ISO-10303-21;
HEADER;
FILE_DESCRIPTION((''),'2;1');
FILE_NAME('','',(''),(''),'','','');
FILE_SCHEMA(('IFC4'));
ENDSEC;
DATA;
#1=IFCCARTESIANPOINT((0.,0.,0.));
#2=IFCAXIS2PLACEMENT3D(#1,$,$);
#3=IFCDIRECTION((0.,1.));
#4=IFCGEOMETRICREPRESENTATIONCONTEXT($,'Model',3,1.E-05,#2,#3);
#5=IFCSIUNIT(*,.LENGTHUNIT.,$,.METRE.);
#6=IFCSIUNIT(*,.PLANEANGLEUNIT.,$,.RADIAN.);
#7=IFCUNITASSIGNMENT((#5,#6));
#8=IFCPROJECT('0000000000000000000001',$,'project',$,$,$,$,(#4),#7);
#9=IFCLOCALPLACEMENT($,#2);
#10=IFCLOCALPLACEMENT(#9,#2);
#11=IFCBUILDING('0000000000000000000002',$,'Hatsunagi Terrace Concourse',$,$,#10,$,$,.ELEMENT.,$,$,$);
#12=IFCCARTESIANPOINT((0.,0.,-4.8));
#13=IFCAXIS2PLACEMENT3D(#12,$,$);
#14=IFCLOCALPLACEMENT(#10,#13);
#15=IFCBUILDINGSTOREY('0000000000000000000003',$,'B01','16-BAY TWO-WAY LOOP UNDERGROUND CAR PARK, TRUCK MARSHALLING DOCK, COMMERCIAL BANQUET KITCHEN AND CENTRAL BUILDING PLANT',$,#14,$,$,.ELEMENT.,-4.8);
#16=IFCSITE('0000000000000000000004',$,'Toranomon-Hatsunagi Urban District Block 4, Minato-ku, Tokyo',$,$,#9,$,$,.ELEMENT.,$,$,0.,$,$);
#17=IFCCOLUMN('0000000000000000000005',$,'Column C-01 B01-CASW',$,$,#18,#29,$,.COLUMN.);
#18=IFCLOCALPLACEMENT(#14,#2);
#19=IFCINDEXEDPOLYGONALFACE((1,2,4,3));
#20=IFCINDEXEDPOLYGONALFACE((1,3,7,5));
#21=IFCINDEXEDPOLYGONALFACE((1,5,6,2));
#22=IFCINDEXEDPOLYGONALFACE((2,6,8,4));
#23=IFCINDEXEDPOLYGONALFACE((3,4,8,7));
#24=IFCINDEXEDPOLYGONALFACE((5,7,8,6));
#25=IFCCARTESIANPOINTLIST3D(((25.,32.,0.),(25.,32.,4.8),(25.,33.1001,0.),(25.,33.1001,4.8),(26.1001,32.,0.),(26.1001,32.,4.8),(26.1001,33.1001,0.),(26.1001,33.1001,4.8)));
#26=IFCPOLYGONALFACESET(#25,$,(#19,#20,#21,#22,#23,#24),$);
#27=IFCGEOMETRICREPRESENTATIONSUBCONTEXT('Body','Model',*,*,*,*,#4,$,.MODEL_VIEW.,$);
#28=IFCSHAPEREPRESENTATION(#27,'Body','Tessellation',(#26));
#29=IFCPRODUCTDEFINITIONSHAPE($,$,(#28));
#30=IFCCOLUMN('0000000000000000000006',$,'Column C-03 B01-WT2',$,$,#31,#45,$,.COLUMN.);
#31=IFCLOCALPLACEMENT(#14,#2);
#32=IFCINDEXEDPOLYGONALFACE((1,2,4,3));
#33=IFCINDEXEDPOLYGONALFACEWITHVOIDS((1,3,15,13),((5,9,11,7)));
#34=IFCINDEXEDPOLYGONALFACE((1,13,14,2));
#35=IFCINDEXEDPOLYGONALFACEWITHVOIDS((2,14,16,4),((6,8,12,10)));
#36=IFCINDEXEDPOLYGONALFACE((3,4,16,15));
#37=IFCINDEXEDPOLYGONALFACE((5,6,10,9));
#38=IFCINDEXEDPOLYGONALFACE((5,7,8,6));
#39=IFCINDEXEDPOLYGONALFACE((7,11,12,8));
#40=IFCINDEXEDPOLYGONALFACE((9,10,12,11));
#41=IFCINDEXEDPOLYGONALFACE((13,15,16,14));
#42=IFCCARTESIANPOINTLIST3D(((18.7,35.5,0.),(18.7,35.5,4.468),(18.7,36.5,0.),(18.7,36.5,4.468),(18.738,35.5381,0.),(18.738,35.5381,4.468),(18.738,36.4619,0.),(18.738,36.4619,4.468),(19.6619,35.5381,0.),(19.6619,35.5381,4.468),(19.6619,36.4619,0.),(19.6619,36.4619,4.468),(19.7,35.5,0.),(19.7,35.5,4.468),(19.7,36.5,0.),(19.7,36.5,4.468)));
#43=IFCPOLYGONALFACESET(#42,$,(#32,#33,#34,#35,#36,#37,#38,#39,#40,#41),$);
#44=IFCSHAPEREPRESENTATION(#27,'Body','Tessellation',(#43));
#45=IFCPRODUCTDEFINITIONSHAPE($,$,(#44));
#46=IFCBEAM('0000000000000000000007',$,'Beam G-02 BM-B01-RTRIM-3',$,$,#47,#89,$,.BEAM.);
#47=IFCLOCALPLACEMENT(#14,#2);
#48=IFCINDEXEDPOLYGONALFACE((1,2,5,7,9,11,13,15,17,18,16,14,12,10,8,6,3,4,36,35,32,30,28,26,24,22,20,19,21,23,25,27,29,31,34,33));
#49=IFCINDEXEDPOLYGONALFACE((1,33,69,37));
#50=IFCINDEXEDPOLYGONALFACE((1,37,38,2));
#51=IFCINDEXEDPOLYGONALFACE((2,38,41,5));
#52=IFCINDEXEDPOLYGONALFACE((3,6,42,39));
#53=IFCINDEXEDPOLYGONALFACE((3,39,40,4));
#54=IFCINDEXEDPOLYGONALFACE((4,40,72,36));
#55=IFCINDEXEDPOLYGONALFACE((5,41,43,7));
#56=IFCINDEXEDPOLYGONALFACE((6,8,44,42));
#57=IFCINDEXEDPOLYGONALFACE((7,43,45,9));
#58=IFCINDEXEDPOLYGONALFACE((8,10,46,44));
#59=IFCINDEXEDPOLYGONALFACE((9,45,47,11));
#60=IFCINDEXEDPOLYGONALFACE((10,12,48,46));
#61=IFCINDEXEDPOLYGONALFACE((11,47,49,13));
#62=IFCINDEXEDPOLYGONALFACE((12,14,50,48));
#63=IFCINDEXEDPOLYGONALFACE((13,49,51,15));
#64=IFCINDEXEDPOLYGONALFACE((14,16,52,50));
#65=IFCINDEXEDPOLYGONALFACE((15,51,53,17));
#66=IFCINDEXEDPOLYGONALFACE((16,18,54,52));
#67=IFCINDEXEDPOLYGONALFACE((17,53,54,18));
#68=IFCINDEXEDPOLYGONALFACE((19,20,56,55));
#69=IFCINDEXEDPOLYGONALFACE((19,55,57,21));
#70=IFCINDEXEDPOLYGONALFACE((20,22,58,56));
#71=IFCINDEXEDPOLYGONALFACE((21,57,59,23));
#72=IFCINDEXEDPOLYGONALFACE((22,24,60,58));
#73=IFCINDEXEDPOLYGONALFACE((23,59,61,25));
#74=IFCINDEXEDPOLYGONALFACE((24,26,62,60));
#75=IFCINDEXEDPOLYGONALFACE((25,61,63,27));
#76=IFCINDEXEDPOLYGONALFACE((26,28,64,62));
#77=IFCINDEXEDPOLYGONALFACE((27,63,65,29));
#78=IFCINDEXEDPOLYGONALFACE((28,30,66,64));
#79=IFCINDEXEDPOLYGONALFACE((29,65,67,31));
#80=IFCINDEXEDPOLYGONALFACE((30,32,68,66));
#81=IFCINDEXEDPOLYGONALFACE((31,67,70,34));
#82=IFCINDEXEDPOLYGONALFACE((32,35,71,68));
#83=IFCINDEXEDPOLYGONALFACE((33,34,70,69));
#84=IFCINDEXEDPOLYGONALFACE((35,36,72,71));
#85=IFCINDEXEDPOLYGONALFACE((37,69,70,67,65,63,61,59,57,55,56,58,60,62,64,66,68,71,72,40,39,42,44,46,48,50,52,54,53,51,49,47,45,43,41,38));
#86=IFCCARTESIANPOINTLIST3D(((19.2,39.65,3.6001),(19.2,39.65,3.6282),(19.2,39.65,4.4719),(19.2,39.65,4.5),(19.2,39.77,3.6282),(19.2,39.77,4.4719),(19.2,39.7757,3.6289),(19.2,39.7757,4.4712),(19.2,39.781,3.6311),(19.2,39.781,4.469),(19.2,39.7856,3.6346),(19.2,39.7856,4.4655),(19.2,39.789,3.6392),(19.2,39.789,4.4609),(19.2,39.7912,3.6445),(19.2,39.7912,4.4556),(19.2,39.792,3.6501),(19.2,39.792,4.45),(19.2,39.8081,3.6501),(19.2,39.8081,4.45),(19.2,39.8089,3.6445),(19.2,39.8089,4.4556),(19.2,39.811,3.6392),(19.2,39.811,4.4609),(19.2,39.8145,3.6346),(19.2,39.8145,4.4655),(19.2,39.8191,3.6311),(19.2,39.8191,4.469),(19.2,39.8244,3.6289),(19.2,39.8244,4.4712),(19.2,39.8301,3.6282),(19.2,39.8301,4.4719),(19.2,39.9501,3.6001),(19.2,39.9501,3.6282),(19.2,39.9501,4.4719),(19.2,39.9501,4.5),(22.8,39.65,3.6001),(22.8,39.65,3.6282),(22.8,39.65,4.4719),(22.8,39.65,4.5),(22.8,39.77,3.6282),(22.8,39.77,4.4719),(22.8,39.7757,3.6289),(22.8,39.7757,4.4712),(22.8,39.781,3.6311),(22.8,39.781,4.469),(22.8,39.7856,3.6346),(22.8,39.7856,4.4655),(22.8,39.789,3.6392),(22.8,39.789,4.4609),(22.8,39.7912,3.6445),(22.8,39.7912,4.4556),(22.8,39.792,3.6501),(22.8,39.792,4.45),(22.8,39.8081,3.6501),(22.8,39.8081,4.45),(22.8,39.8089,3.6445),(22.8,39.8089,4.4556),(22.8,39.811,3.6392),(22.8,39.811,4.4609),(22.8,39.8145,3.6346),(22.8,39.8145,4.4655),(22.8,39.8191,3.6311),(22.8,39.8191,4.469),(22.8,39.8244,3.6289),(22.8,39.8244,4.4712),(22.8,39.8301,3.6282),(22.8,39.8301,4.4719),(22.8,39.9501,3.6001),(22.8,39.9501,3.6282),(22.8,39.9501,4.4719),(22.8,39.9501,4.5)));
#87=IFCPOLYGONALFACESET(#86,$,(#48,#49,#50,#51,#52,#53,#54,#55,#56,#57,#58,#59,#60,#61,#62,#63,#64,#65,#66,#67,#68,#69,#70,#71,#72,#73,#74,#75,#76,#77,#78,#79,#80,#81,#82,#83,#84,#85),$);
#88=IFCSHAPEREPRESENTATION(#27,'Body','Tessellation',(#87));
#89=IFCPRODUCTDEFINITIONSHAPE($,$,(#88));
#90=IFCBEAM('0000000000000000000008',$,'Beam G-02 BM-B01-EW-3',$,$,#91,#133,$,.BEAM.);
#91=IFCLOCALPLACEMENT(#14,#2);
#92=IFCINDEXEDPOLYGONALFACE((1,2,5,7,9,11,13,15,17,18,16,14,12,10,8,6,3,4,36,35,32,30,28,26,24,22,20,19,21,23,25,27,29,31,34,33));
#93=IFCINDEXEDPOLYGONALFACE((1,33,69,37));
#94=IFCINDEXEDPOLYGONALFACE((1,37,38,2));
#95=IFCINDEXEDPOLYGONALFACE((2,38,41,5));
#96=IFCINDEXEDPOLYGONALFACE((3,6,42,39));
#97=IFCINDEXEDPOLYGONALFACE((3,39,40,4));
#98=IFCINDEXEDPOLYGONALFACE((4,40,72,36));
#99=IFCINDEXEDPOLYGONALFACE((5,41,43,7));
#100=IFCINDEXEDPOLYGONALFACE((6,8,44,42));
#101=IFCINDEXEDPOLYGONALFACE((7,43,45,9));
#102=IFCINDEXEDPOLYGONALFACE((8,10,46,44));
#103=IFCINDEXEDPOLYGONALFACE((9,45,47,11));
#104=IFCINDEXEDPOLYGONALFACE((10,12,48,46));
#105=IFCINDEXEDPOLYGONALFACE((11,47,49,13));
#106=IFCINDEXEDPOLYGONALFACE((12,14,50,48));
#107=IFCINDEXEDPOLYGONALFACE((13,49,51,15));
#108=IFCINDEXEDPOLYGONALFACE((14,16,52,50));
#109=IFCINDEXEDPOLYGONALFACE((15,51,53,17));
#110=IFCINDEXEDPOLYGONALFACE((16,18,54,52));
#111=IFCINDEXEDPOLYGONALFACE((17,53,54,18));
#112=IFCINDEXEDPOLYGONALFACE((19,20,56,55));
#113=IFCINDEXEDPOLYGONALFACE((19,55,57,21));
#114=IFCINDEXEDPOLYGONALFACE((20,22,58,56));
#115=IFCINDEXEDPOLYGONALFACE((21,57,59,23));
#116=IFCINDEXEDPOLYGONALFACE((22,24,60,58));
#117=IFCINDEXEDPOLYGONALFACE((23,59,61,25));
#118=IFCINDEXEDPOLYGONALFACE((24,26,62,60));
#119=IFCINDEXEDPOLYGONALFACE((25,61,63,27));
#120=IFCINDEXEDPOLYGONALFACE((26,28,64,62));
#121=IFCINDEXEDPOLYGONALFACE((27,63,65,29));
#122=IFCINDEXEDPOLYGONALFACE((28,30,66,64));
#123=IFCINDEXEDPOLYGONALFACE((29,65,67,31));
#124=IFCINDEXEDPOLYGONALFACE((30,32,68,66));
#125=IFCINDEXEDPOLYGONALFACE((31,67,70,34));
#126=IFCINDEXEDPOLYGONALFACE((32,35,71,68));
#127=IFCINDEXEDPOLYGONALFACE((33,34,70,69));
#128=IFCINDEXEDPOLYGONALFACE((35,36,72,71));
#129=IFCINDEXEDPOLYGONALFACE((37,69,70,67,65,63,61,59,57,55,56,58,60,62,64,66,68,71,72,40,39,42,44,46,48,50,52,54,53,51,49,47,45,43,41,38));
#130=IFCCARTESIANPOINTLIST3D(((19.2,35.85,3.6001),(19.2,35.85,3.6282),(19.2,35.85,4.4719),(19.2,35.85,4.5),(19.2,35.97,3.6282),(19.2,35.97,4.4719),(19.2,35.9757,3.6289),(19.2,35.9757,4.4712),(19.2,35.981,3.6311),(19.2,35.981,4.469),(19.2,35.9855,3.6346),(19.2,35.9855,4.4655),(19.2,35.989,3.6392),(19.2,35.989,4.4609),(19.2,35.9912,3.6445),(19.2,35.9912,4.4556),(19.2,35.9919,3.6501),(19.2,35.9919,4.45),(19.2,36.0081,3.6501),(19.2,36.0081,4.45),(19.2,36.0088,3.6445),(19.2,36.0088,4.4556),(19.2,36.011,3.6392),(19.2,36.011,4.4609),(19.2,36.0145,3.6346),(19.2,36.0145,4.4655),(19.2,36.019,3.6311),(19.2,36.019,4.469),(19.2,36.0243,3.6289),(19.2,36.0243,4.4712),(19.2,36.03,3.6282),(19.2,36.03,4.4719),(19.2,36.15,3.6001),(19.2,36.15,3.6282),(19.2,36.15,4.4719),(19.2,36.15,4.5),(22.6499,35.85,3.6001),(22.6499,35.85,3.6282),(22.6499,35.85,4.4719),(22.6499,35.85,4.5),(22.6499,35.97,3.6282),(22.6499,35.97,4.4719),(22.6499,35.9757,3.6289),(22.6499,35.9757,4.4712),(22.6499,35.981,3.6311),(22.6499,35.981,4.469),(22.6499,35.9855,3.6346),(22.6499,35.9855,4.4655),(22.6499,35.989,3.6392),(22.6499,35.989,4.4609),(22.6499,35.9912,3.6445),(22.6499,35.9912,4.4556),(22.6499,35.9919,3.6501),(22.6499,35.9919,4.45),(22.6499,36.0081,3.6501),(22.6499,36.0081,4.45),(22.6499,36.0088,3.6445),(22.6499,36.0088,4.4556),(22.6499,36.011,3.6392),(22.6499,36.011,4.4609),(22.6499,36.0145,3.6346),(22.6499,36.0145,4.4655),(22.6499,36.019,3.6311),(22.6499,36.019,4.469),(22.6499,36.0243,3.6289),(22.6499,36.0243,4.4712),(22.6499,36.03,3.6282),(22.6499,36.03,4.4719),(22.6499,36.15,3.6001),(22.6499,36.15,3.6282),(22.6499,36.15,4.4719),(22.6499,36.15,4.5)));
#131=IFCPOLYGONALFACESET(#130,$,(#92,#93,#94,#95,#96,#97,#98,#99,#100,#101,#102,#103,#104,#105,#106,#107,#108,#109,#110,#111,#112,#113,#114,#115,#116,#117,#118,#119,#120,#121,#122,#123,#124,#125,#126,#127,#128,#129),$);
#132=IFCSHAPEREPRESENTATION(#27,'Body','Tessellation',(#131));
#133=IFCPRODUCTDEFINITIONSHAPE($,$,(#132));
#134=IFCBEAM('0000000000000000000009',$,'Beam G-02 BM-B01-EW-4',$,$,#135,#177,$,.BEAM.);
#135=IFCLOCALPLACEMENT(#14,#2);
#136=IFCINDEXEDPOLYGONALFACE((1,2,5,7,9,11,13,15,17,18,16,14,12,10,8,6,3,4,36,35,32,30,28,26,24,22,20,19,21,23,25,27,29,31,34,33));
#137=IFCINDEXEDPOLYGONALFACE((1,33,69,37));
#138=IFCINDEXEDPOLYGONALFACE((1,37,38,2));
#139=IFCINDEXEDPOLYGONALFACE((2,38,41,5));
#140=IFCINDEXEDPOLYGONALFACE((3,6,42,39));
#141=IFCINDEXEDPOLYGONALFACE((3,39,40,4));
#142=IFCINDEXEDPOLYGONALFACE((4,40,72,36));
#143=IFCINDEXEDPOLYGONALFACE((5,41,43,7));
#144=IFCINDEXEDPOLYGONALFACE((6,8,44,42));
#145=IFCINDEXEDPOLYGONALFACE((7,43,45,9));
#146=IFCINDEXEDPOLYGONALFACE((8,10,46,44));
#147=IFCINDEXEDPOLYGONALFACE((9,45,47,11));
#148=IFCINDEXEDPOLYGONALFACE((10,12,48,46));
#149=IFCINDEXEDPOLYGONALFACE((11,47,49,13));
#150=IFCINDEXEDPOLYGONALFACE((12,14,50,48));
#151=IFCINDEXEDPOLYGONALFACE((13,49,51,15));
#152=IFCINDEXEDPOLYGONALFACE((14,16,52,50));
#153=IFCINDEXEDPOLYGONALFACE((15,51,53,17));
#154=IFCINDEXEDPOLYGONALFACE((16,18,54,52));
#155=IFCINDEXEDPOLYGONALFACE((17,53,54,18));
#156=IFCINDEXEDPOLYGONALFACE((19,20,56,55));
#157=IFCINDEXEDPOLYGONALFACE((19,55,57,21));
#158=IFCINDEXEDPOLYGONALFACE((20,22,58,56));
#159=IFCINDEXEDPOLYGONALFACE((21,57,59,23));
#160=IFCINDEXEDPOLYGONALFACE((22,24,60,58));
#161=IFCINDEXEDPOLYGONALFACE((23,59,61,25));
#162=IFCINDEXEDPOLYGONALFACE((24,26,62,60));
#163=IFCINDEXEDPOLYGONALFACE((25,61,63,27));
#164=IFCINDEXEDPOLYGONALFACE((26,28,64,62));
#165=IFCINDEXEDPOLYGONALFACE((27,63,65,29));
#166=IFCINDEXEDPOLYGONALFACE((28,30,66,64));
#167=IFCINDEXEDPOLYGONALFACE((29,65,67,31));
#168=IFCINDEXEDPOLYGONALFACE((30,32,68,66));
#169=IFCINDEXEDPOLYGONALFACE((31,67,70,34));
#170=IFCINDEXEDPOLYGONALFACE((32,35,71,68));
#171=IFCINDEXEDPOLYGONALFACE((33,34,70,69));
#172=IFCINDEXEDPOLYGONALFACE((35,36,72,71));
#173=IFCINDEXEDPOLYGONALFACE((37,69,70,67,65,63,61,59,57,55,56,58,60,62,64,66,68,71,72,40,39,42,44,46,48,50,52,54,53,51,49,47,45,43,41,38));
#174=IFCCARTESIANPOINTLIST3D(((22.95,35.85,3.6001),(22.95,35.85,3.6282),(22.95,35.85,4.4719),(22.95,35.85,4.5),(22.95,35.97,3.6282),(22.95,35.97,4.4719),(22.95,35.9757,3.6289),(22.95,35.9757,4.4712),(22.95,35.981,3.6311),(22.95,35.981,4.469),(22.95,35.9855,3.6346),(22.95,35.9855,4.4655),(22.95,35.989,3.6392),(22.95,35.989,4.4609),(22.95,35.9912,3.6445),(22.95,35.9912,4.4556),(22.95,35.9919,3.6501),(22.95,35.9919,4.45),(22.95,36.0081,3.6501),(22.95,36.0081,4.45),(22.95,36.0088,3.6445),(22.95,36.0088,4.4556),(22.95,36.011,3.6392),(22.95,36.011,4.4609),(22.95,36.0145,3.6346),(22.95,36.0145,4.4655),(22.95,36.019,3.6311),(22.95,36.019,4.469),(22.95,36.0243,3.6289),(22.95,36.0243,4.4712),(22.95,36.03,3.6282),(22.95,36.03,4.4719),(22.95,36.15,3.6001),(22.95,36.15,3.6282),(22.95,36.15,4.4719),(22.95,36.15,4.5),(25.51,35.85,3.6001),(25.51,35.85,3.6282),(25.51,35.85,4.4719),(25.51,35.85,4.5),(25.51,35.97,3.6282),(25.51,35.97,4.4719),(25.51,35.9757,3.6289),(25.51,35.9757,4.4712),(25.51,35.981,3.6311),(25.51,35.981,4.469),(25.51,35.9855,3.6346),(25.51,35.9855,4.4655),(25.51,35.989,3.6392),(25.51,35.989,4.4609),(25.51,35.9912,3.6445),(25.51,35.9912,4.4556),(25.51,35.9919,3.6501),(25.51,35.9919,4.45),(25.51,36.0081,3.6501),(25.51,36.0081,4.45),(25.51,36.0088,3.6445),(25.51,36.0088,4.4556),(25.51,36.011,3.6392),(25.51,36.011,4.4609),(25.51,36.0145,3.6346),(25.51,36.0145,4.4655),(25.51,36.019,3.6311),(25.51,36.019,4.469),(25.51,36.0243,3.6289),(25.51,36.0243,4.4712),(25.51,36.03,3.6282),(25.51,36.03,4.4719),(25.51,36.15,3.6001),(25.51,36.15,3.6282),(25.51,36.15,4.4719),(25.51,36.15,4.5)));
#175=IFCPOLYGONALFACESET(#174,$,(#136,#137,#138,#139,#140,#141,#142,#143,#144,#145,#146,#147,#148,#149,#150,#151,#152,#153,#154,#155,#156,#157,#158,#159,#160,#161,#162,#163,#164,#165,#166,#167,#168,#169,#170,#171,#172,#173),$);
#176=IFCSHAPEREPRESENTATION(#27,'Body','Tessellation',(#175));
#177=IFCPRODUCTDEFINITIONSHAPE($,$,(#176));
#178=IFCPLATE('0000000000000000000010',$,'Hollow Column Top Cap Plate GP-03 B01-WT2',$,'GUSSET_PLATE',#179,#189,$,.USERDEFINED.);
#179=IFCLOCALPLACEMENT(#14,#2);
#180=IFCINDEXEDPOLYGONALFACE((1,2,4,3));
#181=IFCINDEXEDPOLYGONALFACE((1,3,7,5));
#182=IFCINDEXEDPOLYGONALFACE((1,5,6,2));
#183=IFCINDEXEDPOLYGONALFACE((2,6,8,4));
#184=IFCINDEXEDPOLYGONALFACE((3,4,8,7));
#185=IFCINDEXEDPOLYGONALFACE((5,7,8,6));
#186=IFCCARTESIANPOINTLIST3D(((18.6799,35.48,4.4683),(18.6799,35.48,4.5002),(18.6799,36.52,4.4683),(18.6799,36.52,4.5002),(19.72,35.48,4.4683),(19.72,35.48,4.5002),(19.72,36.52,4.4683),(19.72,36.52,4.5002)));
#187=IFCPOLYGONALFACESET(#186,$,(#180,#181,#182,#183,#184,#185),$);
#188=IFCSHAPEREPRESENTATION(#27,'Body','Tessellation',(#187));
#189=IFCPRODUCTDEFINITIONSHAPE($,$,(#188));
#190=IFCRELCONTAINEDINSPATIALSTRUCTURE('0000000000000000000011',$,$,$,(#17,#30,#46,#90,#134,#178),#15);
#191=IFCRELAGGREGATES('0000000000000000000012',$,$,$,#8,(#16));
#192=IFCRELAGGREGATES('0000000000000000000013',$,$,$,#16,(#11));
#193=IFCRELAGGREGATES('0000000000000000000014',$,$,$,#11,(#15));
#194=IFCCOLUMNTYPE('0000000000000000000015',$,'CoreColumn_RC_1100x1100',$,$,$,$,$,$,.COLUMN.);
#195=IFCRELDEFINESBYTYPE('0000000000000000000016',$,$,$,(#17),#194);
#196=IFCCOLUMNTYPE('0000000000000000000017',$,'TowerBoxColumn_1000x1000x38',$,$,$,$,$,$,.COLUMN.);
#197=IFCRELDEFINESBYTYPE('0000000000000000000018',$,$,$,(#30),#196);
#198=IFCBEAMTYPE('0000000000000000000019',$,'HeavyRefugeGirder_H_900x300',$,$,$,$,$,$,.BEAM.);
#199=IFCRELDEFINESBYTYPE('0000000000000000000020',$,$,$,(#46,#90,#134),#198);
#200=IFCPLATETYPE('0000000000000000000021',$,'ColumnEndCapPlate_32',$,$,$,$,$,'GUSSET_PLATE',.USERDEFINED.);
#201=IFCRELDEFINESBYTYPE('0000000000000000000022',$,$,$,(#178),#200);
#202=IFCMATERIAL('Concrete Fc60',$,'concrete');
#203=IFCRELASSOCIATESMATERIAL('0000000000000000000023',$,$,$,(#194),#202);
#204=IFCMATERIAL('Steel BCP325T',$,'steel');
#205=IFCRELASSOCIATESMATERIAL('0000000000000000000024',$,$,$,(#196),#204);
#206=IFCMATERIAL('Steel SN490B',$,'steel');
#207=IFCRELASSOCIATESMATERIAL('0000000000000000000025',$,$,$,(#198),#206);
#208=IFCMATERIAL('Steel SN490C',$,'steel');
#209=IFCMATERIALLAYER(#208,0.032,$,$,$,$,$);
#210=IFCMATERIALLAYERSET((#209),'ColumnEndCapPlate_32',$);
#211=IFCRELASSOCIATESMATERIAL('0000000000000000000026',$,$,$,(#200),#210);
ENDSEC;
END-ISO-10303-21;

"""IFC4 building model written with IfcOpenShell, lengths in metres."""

from ifc_helpers import new_model, si_unit, direction, frame, origin, origin_2d, place, context, subcontext, project, spatial, rectangle, hollow_rectangle, i_section, extrude, material, layer, layer_set, material_profile, profile_set, type_object, element, save


model = new_model("IFC4")

# Units and contexts
model_context = context("Model", 3, precision=1e-05, world=origin(), true_north=direction((0.0, 1.0)))
body_context = subcontext(model_context, "Body", "Model", "MODEL_VIEW")
ifc_project = project(units=[si_unit("LENGTHUNIT", "METRE"), si_unit("PLANEANGLEUNIT", "RADIAN")], contexts=[model_context])

# Site, building, storey
site_placement = place(None, origin())
site = spatial("IfcSite", under=ifc_project, at=site_placement, Name="Toranomon-Hatsunagi Urban District Block 4, Minato-ku, Tokyo", CompositionType="ELEMENT", RefElevation=0.0)
building_placement = place(site_placement, origin())
building = spatial("IfcBuilding", under=site, at=building_placement, Name="Hatsunagi Terrace Concourse", CompositionType="ELEMENT")
storey_placement = place(building_placement, frame((0.0, 0.0, -4.8)))
storey = spatial("IfcBuildingStorey", under=building, at=storey_placement, Name="B01", Description="16-BAY TWO-WAY LOOP UNDERGROUND CAR PARK, TRUCK MARSHALLING DOCK, COMMERCIAL BANQUET KITCHEN AND CENTRAL BUILDING PLANT", CompositionType="ELEMENT", Elevation=-4.8)

# Columns
ifc_material_1 = material(Name="Concrete Fc60", Category="concrete")
ifc_material_profile_1 = material_profile(ifc_material_1, rectangle(XDim=1.1001, YDim=1.1001, at=origin_2d()), Name="RC-1100x1100")
ifc_profile_set_1 = profile_set([ifc_material_profile_1], Name="Concrete Fc60")
column_type_1 = type_object("IfcColumnType", Name="CoreColumn_RC_1100x1100", PredefinedType="COLUMN", material=ifc_profile_set_1)
column_1_placement = place(storey_placement, frame((25.55, 32.55, 0.0), z_axis=(0.0, 0.0, 1.0), x_axis=(1.0, 0.0, 0.0)))
element("IfcColumn", 1, at=column_1_placement, inside=storey, type_object=column_type_1, Name="Column C-01 B01-CASW", PredefinedType="COLUMN", context=body_context, shape_type="SweptSolid", body=[
    extrude(rectangle(XDim=1.1001, YDim=1.1001, at=origin_2d()), origin(), (0.0, 0.0, 1.0), 4.8),
])
ifc_material_2 = material(Name="Steel BCP325T", Category="steel")
ifc_material_profile_2 = material_profile(ifc_material_2, hollow_rectangle(XDim=1.0, YDim=1.0, WallThickness=0.0381, at=origin_2d()), Name="BCP-1000x1000x38")
ifc_profile_set_2 = profile_set([ifc_material_profile_2], Name="Steel BCP325T")
column_type_2 = type_object("IfcColumnType", Name="TowerBoxColumn_1000x1000x38", PredefinedType="COLUMN", material=ifc_profile_set_2)
column_2_placement = place(storey_placement, frame((19.2, 36.0, 0.0), z_axis=(0.0, 0.0, 1.0), x_axis=(1.0, 0.0, 0.0)))
element("IfcColumn", 2, at=column_2_placement, inside=storey, type_object=column_type_2, Name="Column C-03 B01-WT2", PredefinedType="COLUMN", context=body_context, shape_type="SweptSolid", body=[
    extrude(hollow_rectangle(XDim=1.0, YDim=1.0, WallThickness=0.0381, at=origin_2d()), origin(), (0.0, 0.0, 1.0), 4.468),
])

# Beams
ifc_material_3 = material(Name="Steel SN490B", Category="steel")
ifc_material_profile_3 = material_profile(ifc_material_3, i_section(OverallWidth=0.3, OverallDepth=0.8999, WebThickness=0.0161, FlangeThickness=0.0281, FilletRadius=0.022, at=origin_2d()), Name="H-900x300x16x28")
ifc_profile_set_3 = profile_set([ifc_material_profile_3], Name="Steel SN490B")
beam_type = type_object("IfcBeamType", Name="HeavyRefugeGirder_H_900x300", PredefinedType="BEAM", material=ifc_profile_set_3)
beam_1_placement = place(storey_placement, frame((19.2, 39.8, 4.05), z_axis=(1.0, 0.0, 0.0), x_axis=(0.0, 1.0, 0.0)))
element("IfcBeam", 3, at=beam_1_placement, inside=storey, type_object=beam_type, Name="Beam G-02 BM-B01-RTRIM-3", PredefinedType="BEAM", context=body_context, shape_type="SweptSolid", body=[
    extrude(i_section(OverallWidth=0.3, OverallDepth=0.8999, WebThickness=0.0161, FlangeThickness=0.0281, FilletRadius=0.022, at=origin_2d()), origin(), (0.0, 0.0, 1.0), 3.6001),
])
beam_2_placement = place(storey_placement, frame((19.2, 36.0, 4.05), z_axis=(1.0, 0.0, 0.0), x_axis=(0.0, 1.0, 0.0)))
element("IfcBeam", 4, at=beam_2_placement, inside=storey, type_object=beam_type, Name="Beam G-02 BM-B01-EW-3", PredefinedType="BEAM", context=body_context, shape_type="SweptSolid", body=[
    extrude(i_section(OverallWidth=0.3, OverallDepth=0.8999, WebThickness=0.0161, FlangeThickness=0.0281, FilletRadius=0.022, at=origin_2d()), origin(), (0.0, 0.0, 1.0), 3.45),
])
beam_3_placement = place(storey_placement, frame((22.95, 36.0, 4.05), z_axis=(1.0, 0.0, 0.0), x_axis=(0.0, 1.0, 0.0)))
element("IfcBeam", 5, at=beam_3_placement, inside=storey, type_object=beam_type, Name="Beam G-02 BM-B01-EW-4", PredefinedType="BEAM", context=body_context, shape_type="SweptSolid", body=[
    extrude(i_section(OverallWidth=0.3, OverallDepth=0.8999, WebThickness=0.0161, FlangeThickness=0.0281, FilletRadius=0.022, at=origin_2d()), origin(), (0.0, 0.0, 1.0), 2.5601),
])

# Plate
ifc_material_4 = material(Name="Steel SN490C", Category="steel")
ifc_layer_1 = layer(ifc_material_4, 0.032)
ifc_layer_set_1 = layer_set([ifc_layer_1], Name="ColumnEndCapPlate_32")
plate_type = type_object("IfcPlateType", Name="ColumnEndCapPlate_32", ElementType="GUSSET_PLATE", PredefinedType="USERDEFINED", material=ifc_layer_set_1)
plate_placement = place(storey_placement, frame((19.2, 36.0, 4.4683), z_axis=(0.0, 0.0, 1.0), x_axis=(1.0, 0.0, 0.0)))
element("IfcPlate", 6, at=plate_placement, inside=storey, type_object=plate_type, Name="Hollow Column Top Cap Plate GP-03 B01-WT2", ObjectType="GUSSET_PLATE", PredefinedType="USERDEFINED", context=body_context, shape_type="SweptSolid", body=[
    extrude(rectangle(XDim=1.04, YDim=1.04, at=origin_2d()), origin(), (0.0, 0.0, 1.0), 0.032),
])

save(model, "model.ifc")
